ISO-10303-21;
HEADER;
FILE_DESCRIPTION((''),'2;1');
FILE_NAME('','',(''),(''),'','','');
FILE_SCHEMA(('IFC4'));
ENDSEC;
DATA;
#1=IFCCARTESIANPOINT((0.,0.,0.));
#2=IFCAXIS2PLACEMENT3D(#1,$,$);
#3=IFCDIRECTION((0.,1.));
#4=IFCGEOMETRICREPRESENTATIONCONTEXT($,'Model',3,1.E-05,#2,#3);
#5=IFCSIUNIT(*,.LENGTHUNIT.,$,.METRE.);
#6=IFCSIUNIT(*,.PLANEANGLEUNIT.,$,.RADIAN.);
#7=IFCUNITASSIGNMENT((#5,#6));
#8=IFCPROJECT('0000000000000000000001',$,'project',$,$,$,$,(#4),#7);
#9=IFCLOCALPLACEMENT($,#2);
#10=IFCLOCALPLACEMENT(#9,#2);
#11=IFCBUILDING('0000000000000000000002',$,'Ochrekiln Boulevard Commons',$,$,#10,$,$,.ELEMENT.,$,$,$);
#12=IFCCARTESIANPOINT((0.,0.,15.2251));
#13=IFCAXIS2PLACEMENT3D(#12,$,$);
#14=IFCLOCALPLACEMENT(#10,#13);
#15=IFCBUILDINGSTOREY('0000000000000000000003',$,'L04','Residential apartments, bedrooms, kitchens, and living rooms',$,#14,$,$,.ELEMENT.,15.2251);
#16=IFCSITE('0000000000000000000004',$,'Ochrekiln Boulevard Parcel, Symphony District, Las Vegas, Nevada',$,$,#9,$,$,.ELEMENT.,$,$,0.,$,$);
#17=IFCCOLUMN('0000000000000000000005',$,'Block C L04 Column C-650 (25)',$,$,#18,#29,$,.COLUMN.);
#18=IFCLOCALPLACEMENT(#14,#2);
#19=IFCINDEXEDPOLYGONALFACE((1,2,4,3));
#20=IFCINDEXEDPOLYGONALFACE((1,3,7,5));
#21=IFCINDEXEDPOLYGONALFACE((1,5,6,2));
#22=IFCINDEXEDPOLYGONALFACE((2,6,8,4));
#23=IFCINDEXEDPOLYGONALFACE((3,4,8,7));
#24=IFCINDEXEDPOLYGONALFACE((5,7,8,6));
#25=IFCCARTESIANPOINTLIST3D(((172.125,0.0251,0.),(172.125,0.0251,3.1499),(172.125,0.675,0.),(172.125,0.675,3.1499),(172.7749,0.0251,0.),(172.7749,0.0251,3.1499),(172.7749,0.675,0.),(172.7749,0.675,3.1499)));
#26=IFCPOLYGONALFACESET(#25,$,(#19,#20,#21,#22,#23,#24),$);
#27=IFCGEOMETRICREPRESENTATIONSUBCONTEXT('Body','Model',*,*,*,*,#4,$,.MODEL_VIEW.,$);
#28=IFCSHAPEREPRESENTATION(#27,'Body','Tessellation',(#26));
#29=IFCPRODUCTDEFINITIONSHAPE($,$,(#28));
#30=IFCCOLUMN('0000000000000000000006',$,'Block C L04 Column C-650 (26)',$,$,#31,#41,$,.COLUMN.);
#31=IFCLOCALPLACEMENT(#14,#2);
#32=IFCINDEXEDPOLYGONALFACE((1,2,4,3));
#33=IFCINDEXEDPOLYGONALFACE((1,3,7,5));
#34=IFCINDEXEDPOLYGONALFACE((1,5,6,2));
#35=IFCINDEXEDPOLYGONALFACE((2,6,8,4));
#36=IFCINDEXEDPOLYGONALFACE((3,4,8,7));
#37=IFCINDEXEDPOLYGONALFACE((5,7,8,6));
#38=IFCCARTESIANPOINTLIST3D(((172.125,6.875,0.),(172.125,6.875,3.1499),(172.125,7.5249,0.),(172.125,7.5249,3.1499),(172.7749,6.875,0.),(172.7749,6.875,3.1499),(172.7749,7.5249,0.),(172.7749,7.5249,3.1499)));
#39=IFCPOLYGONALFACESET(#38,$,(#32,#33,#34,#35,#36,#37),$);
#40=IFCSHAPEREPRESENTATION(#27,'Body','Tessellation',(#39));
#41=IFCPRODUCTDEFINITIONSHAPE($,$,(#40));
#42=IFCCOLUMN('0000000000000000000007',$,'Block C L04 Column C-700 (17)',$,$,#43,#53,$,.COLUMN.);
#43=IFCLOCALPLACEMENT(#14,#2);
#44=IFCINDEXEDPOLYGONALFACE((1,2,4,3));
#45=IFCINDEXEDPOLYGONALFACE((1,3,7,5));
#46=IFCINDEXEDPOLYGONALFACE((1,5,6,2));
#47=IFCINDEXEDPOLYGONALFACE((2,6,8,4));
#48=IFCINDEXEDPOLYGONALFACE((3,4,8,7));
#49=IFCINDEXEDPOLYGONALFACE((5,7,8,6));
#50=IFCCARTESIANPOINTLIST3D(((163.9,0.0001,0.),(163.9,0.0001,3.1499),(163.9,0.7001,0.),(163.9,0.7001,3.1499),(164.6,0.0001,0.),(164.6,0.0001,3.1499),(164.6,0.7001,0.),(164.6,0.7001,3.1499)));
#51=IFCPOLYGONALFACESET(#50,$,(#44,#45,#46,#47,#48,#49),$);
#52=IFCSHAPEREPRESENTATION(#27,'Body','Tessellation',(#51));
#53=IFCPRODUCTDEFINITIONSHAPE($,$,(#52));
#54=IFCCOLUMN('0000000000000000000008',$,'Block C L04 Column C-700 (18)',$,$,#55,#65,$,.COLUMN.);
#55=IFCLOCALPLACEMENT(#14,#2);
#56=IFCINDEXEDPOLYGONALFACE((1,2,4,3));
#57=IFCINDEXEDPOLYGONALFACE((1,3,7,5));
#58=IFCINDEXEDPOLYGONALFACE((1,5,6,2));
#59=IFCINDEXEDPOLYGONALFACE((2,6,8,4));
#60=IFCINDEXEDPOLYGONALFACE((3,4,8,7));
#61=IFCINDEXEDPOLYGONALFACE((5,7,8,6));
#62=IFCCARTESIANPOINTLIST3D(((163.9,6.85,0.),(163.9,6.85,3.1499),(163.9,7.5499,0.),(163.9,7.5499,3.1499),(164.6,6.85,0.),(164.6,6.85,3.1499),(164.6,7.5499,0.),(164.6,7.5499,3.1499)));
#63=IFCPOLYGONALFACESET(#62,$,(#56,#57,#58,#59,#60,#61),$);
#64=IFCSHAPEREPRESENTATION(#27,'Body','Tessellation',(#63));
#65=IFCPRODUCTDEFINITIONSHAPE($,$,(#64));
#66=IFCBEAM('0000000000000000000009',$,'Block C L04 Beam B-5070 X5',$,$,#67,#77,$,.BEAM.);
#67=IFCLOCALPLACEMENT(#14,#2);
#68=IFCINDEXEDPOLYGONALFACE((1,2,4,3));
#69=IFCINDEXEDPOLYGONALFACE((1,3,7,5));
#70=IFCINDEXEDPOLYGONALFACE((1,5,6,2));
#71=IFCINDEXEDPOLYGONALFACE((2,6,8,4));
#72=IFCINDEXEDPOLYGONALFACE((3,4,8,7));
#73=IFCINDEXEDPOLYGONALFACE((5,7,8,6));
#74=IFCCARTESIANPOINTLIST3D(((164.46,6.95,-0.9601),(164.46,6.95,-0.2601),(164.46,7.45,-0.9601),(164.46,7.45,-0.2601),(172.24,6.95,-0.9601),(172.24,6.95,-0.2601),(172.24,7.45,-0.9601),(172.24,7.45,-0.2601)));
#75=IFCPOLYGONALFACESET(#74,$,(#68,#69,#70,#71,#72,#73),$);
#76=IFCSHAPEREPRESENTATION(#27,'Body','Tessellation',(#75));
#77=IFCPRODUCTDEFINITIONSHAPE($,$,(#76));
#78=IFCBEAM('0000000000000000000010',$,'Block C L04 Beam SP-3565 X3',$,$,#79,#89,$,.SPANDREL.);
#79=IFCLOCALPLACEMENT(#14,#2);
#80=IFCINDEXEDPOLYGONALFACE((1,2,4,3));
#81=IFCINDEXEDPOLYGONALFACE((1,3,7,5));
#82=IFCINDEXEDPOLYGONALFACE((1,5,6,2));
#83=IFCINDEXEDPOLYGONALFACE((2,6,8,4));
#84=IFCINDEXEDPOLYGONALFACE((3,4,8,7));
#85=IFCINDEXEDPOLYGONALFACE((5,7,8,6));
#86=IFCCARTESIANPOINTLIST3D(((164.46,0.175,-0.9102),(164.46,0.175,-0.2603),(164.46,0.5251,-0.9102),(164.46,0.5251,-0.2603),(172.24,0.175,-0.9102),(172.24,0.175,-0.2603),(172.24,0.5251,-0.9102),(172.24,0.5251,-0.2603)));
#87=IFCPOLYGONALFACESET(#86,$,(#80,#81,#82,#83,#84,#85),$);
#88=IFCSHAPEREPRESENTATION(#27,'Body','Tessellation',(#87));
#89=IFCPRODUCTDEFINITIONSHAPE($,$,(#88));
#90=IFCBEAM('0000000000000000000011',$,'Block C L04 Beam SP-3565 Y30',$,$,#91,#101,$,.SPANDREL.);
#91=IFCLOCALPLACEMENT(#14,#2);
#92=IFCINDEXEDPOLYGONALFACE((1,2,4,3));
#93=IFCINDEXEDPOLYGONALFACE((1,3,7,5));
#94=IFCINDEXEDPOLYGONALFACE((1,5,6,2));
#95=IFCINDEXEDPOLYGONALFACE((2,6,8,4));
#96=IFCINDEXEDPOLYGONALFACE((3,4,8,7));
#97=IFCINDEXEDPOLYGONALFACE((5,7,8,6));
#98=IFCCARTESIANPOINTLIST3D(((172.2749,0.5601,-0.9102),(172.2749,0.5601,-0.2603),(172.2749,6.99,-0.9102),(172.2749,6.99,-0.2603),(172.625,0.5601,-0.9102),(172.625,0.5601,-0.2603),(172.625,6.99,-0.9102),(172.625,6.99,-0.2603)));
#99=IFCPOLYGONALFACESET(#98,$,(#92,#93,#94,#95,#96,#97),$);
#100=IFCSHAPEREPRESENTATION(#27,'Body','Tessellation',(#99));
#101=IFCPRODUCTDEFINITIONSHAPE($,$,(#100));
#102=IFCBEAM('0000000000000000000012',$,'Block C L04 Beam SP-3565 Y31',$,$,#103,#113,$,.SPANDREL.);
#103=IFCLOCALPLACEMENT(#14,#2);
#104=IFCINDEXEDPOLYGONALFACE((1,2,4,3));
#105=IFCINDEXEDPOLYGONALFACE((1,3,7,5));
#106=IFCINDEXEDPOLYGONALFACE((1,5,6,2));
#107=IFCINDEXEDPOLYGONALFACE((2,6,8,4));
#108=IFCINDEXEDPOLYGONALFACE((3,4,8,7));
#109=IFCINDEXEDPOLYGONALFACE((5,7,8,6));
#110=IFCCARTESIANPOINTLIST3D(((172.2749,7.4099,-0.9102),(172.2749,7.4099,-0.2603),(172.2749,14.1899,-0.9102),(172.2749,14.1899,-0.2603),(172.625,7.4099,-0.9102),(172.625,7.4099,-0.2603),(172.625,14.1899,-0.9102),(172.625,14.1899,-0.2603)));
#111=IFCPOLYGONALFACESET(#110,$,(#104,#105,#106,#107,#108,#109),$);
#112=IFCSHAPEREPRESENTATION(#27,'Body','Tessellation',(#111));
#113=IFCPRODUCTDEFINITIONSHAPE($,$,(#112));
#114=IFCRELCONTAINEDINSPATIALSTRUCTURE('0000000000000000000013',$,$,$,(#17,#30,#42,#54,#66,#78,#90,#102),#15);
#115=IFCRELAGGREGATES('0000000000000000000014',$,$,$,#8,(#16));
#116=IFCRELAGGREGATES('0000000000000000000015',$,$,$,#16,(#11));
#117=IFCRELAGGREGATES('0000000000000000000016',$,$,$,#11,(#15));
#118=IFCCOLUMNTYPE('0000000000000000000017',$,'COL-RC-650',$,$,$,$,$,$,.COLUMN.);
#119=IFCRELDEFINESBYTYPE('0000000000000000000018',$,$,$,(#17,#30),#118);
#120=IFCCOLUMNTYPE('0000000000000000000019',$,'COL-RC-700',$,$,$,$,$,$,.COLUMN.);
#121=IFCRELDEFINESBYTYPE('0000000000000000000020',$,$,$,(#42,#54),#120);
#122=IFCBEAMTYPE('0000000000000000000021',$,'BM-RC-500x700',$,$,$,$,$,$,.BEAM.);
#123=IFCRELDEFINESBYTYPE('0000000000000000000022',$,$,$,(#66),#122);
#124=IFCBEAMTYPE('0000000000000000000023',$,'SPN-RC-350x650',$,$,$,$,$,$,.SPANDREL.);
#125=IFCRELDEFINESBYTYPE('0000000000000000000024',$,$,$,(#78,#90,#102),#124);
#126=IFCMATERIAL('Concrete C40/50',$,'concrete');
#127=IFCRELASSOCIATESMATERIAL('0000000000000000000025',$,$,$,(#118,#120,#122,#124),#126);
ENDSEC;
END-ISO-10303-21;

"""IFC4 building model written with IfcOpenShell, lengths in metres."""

from ifc_helpers import new_model, si_unit, direction, frame, origin, origin_2d, place, context, subcontext, project, spatial, rectangle, extrude, material, material_profile, profile_set, type_object, element, save


model = new_model("IFC4")

# Units and contexts
model_context = context("Model", 3, precision=1e-05, world=origin(), true_north=direction((0.0, 1.0)))
body_context = subcontext(model_context, "Body", "Model", "MODEL_VIEW")
ifc_project = project(units=[si_unit("LENGTHUNIT", "METRE"), si_unit("PLANEANGLEUNIT", "RADIAN")], contexts=[model_context])

# Site, building, storey
site_placement = place(None, origin())
site = spatial("IfcSite", under=ifc_project, at=site_placement, Name="Ochrekiln Boulevard Parcel, Symphony District, Las Vegas, Nevada", CompositionType="ELEMENT", RefElevation=0.0)
building_placement = place(site_placement, origin())
building = spatial("IfcBuilding", under=site, at=building_placement, Name="Ochrekiln Boulevard Commons", CompositionType="ELEMENT")
storey_placement = place(building_placement, frame((0.0, 0.0, 15.2251)))
storey = spatial("IfcBuildingStorey", under=building, at=storey_placement, Name="L04", Description="Residential apartments, bedrooms, kitchens, and living rooms", CompositionType="ELEMENT", Elevation=15.2251)

# Columns
ifc_material_1 = material(Name="Concrete C40/50", Category="concrete")
ifc_material_profile_1 = material_profile(ifc_material_1, rectangle(XDim=0.6499, YDim=0.6499, at=origin_2d()), Name="RC-COL-650x650")
ifc_profile_set_1 = profile_set([ifc_material_profile_1], Name="Concrete C40/50")
column_type_1 = type_object("IfcColumnType", Name="COL-RC-650", PredefinedType="COLUMN", material=ifc_profile_set_1)
for number, where, z_axis, x_axis, name in (
    (1, (172.45, 0.3501, 0.0), (0.0, 0.0, 1.0), (1.0, 0.0, 0.0), "Block C L04 Column C-650 (25)"),
    (2, (172.45, 7.2, 0.0), (0.0, 0.0, 1.0), (1.0, 0.0, 0.0), "Block C L04 Column C-650 (26)"),
):
    element("IfcColumn", number, at=place(storey_placement, frame(where, z_axis=z_axis, x_axis=x_axis)), inside=storey, type_object=column_type_1, Name=name, PredefinedType="COLUMN", context=body_context, shape_type="SweptSolid", body=[
        extrude(rectangle(XDim=0.6499, YDim=0.6499, at=origin_2d()), origin(), (0.0, 0.0, 1.0), 3.1499),
    ])
ifc_material_profile_2 = material_profile(ifc_material_1, rectangle(XDim=0.7, YDim=0.7, at=origin_2d()), Name="RC-COL-700x700")
ifc_profile_set_2 = profile_set([ifc_material_profile_2], Name="Concrete C40/50")
column_type_2 = type_object("IfcColumnType", Name="COL-RC-700", PredefinedType="COLUMN", material=ifc_profile_set_2)
for number, where, z_axis, x_axis, name in (
    (3, (164.25, 0.3501, 0.0), (0.0, 0.0, 1.0), (1.0, 0.0, 0.0), "Block C L04 Column C-700 (17)"),
    (4, (164.25, 7.2, 0.0), (0.0, 0.0, 1.0), (1.0, 0.0, 0.0), "Block C L04 Column C-700 (18)"),
):
    element("IfcColumn", number, at=place(storey_placement, frame(where, z_axis=z_axis, x_axis=x_axis)), inside=storey, type_object=column_type_2, Name=name, PredefinedType="COLUMN", context=body_context, shape_type="SweptSolid", body=[
        extrude(rectangle(XDim=0.7, YDim=0.7, at=origin_2d()), origin(), (0.0, 0.0, 1.0), 3.1499),
    ])

# Beams
ifc_material_profile_3 = material_profile(ifc_material_1, rectangle(XDim=0.5, YDim=0.7, at=origin_2d()), Name="RC-BM-500x700")
ifc_profile_set_3 = profile_set([ifc_material_profile_3], Name="Concrete C40/50")
beam_type_1 = type_object("IfcBeamType", Name="BM-RC-500x700", PredefinedType="BEAM", material=ifc_profile_set_3)
beam_1_placement = place(storey_placement, frame((164.46, 7.2, -0.6101), z_axis=(1.0, 0.0, 0.0), x_axis=(0.0, 1.0, 0.0)))
element("IfcBeam", 5, at=beam_1_placement, inside=storey, type_object=beam_type_1, Name="Block C L04 Beam B-5070 X5", PredefinedType="BEAM", context=body_context, shape_type="SweptSolid", body=[
    extrude(rectangle(XDim=0.5, YDim=0.7, at=origin_2d()), origin(), (0.0, 0.0, 1.0), 7.78),
])
ifc_material_profile_4 = material_profile(ifc_material_1, rectangle(XDim=0.3501, YDim=0.6499, at=origin_2d()), Name="RC-SPN-350x650")
ifc_profile_set_4 = profile_set([ifc_material_profile_4], Name="Concrete C40/50")
beam_type_2 = type_object("IfcBeamType", Name="SPN-RC-350x650", PredefinedType="SPANDREL", material=ifc_profile_set_4)
beam_2_placement = place(storey_placement, frame((164.46, 0.3501, -0.5852), z_axis=(1.0, 0.0, 0.0), x_axis=(0.0, 1.0, 0.0)))
element("IfcBeam", 6, at=beam_2_placement, inside=storey, type_object=beam_type_2, Name="Block C L04 Beam SP-3565 X3", PredefinedType="SPANDREL", context=body_context, shape_type="SweptSolid", body=[
    extrude(rectangle(XDim=0.3501, YDim=0.6499, at=origin_2d()), origin(), (0.0, 0.0, 1.0), 7.78),
])
beam_3_placement = place(storey_placement, frame((172.45, 0.5601, -0.5852), z_axis=(0.0, 1.0, 0.0), x_axis=(-1.0, 0.0, 0.0)))
element("IfcBeam", 7, at=beam_3_placement, inside=storey, type_object=beam_type_2, Name="Block C L04 Beam SP-3565 Y30", PredefinedType="SPANDREL", context=body_context, shape_type="SweptSolid", body=[
    extrude(rectangle(XDim=0.3501, YDim=0.6499, at=origin_2d()), origin(), (0.0, 0.0, 1.0), 6.4299),
])
beam_4_placement = place(storey_placement, frame((172.45, 7.4099, -0.5852), z_axis=(0.0, 1.0, 0.0), x_axis=(-1.0, 0.0, 0.0)))
element("IfcBeam", 8, at=beam_4_placement, inside=storey, type_object=beam_type_2, Name="Block C L04 Beam SP-3565 Y31", PredefinedType="SPANDREL", context=body_context, shape_type="SweptSolid", body=[
    extrude(rectangle(XDim=0.3501, YDim=0.6499, at=origin_2d()), origin(), (0.0, 0.0, 1.0), 6.78),
])

save(model, "model.ifc")
